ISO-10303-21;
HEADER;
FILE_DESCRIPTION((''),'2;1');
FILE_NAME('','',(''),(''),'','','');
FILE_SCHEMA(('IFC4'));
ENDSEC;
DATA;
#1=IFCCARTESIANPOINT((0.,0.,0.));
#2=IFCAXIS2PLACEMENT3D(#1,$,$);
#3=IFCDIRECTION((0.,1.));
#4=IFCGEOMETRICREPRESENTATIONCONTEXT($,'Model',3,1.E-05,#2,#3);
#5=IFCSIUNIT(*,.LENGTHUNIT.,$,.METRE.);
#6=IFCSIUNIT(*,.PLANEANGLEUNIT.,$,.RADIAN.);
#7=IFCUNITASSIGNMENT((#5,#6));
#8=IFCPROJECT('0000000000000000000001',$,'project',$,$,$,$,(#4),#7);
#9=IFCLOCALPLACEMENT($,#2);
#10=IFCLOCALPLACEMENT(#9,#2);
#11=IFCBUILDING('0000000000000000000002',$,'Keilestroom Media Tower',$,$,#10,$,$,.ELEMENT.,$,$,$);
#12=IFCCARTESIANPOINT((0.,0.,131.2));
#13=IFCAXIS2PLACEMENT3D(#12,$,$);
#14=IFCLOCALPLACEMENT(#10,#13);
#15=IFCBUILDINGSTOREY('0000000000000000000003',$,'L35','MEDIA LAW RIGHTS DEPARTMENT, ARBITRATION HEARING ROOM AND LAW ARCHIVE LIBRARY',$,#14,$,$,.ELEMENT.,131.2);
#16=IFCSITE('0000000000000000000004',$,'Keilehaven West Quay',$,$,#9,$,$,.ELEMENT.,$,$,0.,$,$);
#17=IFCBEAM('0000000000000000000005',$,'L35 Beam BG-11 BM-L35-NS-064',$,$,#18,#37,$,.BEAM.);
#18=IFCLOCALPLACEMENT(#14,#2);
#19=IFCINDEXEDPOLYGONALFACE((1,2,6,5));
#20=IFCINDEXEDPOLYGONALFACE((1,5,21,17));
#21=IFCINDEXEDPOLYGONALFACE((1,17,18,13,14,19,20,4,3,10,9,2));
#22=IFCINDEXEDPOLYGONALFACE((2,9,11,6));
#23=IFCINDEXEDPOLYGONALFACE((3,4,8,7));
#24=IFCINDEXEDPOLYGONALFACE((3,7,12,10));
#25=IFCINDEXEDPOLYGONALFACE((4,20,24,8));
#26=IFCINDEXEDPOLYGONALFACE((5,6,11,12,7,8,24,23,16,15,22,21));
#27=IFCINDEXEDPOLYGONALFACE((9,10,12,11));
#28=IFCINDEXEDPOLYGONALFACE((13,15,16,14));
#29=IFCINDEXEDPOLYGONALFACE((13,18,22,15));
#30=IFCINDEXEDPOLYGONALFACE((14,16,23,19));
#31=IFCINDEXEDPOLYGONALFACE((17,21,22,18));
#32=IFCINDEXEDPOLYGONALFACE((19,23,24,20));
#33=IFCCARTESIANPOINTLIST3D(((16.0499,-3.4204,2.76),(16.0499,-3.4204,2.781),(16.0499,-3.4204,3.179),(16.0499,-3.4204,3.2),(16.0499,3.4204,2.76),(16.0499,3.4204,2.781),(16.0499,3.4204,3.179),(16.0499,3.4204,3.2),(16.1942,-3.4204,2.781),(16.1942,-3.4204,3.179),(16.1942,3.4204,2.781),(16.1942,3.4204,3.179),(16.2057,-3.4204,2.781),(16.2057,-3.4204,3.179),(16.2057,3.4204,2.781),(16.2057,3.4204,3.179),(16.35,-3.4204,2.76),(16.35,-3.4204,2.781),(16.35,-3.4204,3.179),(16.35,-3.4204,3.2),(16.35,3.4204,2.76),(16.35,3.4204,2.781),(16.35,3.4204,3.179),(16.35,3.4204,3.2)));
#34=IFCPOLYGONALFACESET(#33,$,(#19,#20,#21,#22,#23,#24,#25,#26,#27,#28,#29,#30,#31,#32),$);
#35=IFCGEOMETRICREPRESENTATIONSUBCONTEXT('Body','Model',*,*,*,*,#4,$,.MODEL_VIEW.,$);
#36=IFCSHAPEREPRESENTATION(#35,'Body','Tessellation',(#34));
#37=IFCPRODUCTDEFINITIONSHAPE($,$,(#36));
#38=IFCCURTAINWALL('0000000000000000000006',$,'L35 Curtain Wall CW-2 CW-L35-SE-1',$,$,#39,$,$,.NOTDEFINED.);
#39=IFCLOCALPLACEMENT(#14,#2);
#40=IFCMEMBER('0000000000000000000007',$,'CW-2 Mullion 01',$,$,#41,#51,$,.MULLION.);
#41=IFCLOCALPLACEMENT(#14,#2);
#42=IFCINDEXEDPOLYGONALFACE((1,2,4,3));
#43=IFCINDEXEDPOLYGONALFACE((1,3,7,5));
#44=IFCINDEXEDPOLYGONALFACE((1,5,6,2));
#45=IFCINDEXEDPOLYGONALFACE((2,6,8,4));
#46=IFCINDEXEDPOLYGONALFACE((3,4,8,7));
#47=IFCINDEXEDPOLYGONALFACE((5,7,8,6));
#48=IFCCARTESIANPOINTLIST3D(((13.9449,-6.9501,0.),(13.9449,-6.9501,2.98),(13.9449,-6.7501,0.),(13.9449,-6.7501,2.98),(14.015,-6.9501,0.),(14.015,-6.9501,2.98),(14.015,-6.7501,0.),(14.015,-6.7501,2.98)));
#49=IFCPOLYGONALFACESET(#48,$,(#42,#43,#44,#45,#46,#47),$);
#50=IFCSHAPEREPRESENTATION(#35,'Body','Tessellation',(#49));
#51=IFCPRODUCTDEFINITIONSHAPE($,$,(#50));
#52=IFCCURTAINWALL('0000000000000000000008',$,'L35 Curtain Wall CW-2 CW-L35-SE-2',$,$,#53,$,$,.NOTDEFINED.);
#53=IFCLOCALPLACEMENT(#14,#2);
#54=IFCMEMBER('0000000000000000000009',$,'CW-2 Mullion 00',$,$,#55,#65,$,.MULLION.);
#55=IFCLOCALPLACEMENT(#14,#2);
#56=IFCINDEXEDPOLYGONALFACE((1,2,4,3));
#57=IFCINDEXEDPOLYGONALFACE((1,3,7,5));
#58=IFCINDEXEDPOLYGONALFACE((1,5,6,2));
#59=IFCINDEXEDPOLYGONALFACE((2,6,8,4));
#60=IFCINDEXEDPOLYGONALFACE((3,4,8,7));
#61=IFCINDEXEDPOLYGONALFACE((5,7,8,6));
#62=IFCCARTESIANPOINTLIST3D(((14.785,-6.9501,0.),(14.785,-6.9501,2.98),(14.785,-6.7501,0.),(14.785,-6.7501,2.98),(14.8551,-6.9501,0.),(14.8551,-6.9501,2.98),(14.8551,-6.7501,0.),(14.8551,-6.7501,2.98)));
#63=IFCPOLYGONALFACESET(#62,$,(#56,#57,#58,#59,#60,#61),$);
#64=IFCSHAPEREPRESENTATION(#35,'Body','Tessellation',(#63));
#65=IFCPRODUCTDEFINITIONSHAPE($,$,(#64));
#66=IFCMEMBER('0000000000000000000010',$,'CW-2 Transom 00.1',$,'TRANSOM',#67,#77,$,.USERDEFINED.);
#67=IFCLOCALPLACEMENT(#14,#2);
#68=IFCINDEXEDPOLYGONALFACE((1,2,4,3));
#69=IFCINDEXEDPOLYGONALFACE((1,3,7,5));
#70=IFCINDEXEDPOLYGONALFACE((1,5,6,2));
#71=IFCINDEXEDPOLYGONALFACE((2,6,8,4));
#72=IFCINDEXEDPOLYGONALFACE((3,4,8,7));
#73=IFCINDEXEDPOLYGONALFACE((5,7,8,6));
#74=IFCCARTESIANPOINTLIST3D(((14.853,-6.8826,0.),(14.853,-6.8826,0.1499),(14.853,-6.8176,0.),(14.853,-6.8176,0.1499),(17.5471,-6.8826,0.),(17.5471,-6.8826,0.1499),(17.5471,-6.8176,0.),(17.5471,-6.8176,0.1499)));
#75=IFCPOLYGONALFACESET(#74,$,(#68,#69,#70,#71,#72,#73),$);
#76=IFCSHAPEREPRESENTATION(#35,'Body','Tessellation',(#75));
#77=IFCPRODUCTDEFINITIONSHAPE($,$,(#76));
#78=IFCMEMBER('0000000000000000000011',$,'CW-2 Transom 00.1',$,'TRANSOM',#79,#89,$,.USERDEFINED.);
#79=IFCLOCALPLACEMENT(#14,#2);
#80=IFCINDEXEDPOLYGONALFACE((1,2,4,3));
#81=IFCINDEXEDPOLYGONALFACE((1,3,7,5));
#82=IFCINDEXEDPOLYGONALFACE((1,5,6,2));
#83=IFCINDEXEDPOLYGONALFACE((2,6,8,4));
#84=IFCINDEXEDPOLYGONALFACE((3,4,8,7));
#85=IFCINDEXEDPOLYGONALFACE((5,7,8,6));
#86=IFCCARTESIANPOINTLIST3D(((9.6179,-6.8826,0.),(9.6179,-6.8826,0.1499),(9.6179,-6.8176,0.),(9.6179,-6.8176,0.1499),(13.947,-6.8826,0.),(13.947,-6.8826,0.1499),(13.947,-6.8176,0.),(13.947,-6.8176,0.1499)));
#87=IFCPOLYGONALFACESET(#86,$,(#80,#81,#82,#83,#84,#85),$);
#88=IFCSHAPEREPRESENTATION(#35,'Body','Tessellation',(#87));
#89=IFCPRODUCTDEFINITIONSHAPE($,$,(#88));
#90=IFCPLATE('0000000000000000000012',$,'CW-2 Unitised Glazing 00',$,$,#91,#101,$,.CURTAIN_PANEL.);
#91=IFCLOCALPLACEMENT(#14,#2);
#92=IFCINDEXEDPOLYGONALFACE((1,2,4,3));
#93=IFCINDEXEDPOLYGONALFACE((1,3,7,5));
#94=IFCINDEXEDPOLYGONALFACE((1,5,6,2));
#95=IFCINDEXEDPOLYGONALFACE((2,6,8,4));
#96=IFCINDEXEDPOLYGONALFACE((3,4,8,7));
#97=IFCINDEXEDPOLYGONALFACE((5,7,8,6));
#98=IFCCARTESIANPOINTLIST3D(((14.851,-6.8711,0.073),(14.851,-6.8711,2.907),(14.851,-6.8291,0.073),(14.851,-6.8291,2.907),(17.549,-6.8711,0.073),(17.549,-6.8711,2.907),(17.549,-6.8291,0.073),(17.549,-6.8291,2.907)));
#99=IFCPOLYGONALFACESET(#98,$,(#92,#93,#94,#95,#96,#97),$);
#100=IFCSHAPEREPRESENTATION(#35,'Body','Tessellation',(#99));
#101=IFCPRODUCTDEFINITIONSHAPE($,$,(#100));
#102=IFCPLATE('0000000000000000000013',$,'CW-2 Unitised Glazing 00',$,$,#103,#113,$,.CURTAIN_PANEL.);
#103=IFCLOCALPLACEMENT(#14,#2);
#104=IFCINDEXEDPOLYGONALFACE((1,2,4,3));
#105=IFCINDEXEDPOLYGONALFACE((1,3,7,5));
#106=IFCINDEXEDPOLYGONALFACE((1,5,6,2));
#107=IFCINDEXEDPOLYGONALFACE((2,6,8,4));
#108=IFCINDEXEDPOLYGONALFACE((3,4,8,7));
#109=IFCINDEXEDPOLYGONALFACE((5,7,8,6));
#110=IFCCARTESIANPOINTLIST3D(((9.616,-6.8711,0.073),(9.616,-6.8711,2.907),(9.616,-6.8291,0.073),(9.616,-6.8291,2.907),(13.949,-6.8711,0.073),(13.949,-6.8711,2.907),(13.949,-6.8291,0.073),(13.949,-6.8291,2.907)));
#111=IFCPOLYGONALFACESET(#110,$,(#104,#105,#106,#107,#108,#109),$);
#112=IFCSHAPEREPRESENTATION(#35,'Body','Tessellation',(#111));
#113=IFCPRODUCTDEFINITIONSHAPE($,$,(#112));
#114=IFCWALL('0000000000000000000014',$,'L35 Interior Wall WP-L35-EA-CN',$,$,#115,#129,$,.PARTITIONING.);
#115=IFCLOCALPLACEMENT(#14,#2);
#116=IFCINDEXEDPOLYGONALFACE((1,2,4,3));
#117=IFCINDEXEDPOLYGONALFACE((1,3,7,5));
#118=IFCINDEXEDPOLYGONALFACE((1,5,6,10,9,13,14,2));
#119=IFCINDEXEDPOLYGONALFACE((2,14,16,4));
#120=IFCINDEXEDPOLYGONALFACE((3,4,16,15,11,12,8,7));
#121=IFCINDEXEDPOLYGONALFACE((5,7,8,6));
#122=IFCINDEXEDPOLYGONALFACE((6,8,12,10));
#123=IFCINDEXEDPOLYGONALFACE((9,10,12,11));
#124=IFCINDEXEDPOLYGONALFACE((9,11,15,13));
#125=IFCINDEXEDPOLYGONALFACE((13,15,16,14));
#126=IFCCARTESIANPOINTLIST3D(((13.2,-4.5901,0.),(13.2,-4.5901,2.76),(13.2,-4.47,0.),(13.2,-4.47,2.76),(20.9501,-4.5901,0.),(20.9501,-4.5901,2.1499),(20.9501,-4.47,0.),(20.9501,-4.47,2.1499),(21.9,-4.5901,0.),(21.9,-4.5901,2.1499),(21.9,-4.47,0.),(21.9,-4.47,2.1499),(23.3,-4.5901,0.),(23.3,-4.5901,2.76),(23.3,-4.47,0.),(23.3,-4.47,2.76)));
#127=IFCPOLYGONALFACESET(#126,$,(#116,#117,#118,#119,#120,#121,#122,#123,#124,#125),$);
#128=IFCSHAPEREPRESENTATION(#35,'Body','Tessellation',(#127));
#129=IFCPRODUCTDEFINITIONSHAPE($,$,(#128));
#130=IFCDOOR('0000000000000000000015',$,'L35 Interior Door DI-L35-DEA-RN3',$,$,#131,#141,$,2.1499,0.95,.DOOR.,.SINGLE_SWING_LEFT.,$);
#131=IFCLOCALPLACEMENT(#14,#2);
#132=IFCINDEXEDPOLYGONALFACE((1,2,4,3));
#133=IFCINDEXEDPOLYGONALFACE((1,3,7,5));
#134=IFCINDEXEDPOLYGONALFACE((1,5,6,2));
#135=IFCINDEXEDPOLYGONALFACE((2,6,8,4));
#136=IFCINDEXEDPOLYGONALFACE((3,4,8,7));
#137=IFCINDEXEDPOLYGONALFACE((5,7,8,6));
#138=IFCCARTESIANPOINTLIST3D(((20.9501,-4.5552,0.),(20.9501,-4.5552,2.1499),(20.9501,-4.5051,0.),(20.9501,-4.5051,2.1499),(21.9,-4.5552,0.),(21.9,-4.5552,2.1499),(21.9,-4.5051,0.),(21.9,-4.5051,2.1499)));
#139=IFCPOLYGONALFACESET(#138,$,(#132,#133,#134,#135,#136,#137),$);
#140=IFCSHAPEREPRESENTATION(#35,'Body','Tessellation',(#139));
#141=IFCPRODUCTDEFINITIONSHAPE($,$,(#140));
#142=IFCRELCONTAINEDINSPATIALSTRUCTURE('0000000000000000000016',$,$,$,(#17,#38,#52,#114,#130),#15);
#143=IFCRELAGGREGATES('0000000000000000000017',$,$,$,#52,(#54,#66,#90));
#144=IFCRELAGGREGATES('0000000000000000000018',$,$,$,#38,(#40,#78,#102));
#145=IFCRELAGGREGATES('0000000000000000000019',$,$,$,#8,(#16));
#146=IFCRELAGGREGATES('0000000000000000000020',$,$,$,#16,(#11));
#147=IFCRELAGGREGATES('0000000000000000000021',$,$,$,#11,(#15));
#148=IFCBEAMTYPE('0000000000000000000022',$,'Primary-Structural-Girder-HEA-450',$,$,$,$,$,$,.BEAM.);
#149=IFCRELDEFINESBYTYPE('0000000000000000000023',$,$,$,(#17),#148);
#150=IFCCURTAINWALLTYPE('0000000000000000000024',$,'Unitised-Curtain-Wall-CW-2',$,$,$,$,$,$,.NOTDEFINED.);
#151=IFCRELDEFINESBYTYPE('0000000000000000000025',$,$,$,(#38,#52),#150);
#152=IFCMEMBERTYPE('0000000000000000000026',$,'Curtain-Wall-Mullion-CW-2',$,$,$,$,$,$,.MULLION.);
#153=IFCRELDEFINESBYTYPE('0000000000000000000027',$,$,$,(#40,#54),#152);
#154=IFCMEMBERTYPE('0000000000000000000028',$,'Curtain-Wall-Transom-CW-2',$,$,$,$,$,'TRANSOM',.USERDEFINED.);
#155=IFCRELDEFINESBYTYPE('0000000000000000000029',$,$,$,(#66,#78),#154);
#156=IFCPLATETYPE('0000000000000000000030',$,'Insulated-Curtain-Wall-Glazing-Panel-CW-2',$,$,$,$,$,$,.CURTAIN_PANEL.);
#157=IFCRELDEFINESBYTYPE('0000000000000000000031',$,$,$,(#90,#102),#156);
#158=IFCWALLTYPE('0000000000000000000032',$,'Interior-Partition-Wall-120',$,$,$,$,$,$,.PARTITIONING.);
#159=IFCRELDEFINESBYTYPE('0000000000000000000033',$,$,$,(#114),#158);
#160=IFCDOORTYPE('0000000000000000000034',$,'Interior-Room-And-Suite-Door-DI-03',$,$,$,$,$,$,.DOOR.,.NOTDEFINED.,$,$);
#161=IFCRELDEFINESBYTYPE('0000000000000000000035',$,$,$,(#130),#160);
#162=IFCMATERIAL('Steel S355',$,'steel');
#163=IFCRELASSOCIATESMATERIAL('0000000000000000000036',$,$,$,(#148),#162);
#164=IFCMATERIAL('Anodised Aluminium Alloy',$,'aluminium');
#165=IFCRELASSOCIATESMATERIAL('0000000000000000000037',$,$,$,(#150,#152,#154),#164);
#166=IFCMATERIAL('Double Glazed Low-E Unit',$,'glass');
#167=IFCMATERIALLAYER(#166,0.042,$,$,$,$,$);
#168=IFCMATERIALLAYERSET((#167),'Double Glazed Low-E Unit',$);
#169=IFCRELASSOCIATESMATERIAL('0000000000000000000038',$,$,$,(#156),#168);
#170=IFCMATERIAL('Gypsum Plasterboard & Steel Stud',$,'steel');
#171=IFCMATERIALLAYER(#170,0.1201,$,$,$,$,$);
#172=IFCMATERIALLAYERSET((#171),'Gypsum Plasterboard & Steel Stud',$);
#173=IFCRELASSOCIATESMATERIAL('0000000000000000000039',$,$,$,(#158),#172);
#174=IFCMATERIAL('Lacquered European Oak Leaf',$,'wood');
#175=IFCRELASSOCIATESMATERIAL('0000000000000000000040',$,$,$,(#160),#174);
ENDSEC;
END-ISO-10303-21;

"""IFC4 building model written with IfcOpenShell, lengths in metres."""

from ifc_helpers import new_model, si_unit, direction, frame, frame_2d, origin, origin_2d, place, context, subcontext, project, spatial, rectangle, i_section, extrude, source, transform, mapped, material, layer, layer_set, material_profile, profile_set, type_object, element, fill, aggregate, save


model = new_model("IFC4")

# Units and contexts
model_context = context("Model", 3, precision=1e-05, world=origin(), true_north=direction((0.0, 1.0)))
body_context = subcontext(model_context, "Body", "Model", "MODEL_VIEW")
ifc_project = project(units=[si_unit("LENGTHUNIT", "METRE"), si_unit("PLANEANGLEUNIT", "RADIAN")], contexts=[model_context])

# Site, building, storey
site_placement = place(None, origin())
site = spatial("IfcSite", under=ifc_project, at=site_placement, Name="Keilehaven West Quay", CompositionType="ELEMENT", RefElevation=0.0)
building_placement = place(site_placement, origin())
building = spatial("IfcBuilding", under=site, at=building_placement, Name="Keilestroom Media Tower", CompositionType="ELEMENT")
storey_placement = place(building_placement, frame((0.0, 0.0, 131.2)))
storey = spatial("IfcBuildingStorey", under=building, at=storey_placement, Name="L35", Description="MEDIA LAW RIGHTS DEPARTMENT, ARBITRATION HEARING ROOM AND LAW ARCHIVE LIBRARY", CompositionType="ELEMENT", Elevation=131.2)

# Shared definitions
ifc_material_1 = material(Name="Steel S355", Category="steel")

# Beam
ifc_material_profile_1 = material_profile(ifc_material_1, i_section(OverallWidth=0.3, OverallDepth=0.4399, WebThickness=0.0115, FlangeThickness=0.021, at=origin_2d()), Name="HEA 450")
ifc_profile_set_1 = profile_set([ifc_material_profile_1], Name="Steel S355")
beam_type_1 = type_object("IfcBeamType", Name="Primary-Structural-Girder-HEA-450", PredefinedType="BEAM", material=ifc_profile_set_1)
shared_shape_1 = source(origin(), body_context, "Body", "SweptSolid", [
    extrude(i_section(OverallWidth=0.3, OverallDepth=0.4399, WebThickness=0.0115, FlangeThickness=0.021, at=origin_2d()), origin(), (0.0, 0.0, 1.0), 6.8408),
])
for number, where, z_axis, x_axis, name in (
    (1, (16.2, -3.4204, 2.98), (0.0, 1.0, 0.0), (-1.0, 0.0, 0.0), "L35 Beam BG-11 BM-L35-NS-064"),
):
    element("IfcBeam", number, at=place(storey_placement, frame(where, z_axis=z_axis, x_axis=x_axis)), inside=storey, type_object=beam_type_1, Name=name, PredefinedType="BEAM", context=body_context, shape_type="MappedRepresentation", body=[
        mapped(shared_shape_1, transform((0.0, 0.0, 0.0), x_axis=(1.0, 0.0, 0.0), y_axis=(0.0, 1.0, 0.0), z_axis=(0.0, 0.0, 1.0), scale=1.0)),
    ])

# Curtain wall, member
ifc_material_2 = material(Name="Anodised Aluminium Alloy", Category="aluminium")
curtain_wall_type = type_object("IfcCurtainWallType", Name="Unitised-Curtain-Wall-CW-2", PredefinedType="NOTDEFINED", material=ifc_material_2)
curtain_wall_1_placement = place(storey_placement, origin())
curtain_wall_1 = element("IfcCurtainWall", 2, at=curtain_wall_1_placement, inside=storey, type_object=curtain_wall_type, Name="L35 Curtain Wall CW-2 CW-L35-SE-1", PredefinedType="NOTDEFINED")
ifc_material_profile_2 = material_profile(ifc_material_2, rectangle(XDim=0.0701, YDim=0.2, at=origin_2d()), Name="ALU MULLION 70x200")
ifc_profile_set_2 = profile_set([ifc_material_profile_2], Name="Anodised Aluminium Alloy")
member_type_1 = type_object("IfcMemberType", Name="Curtain-Wall-Mullion-CW-2", PredefinedType="MULLION", material=ifc_profile_set_2)
shared_shape_2 = source(origin(), body_context, "Body", "SweptSolid", [
    extrude(rectangle(XDim=0.0701, YDim=0.2, at=origin_2d()), origin(), (0.0, 0.0, 1.0), 2.98),
])
member_1_placement = place(storey_placement, frame((13.98, -6.8501, 0.0), z_axis=(0.0, 0.0, 1.0), x_axis=(1.0, 0.0, 0.0)))
member_1 = element("IfcMember", 3, at=member_1_placement, type_object=member_type_1, Name="CW-2 Mullion 01", PredefinedType="MULLION", context=body_context, shape_type="MappedRepresentation", body=[
    mapped(shared_shape_2, transform((0.0, 0.0, 0.0), x_axis=(1.0, 0.0, 0.0), y_axis=(0.0, 1.0, 0.0), z_axis=(0.0, 0.0, 1.0), scale=1.0)),
])

# Curtain wall, members
curtain_wall_2_placement = place(storey_placement, origin())
curtain_wall_2 = element("IfcCurtainWall", 4, at=curtain_wall_2_placement, inside=storey, type_object=curtain_wall_type, Name="L35 Curtain Wall CW-2 CW-L35-SE-2", PredefinedType="NOTDEFINED")
member_2_placement = place(storey_placement, frame((14.8201, -6.8501, 0.0), z_axis=(0.0, 0.0, 1.0), x_axis=(1.0, 0.0, 0.0)))
member_2 = element("IfcMember", 5, at=member_2_placement, type_object=member_type_1, Name="CW-2 Mullion 00", PredefinedType="MULLION", context=body_context, shape_type="MappedRepresentation", body=[
    mapped(shared_shape_2, transform((0.0, 0.0, 0.0), x_axis=(1.0, 0.0, 0.0), y_axis=(0.0, 1.0, 0.0), z_axis=(0.0, 0.0, 1.0), scale=1.0)),
])
ifc_material_profile_3 = material_profile(ifc_material_2, rectangle(XDim=0.0649, YDim=0.1499, at=origin_2d()), Name="ALU TRANSOM 65x150")
ifc_profile_set_3 = profile_set([ifc_material_profile_3], Name="Anodised Aluminium Alloy")
member_type_2 = type_object("IfcMemberType", Name="Curtain-Wall-Transom-CW-2", ElementType="TRANSOM", PredefinedType="USERDEFINED", material=ifc_profile_set_3)
shared_shape_3 = source(origin(), body_context, "Body", "SweptSolid", [
    extrude(rectangle(XDim=0.0649, YDim=0.1499, at=origin_2d()), origin(), (0.0, 0.0, 1.0), 2.6941),
])
member_3_placement = place(storey_placement, frame((14.853, -6.8501, 0.075), z_axis=(1.0, 0.0, 0.0), x_axis=(0.0, 1.0, 0.0)))
member_3 = element("IfcMember", 6, at=member_3_placement, type_object=member_type_2, Name="CW-2 Transom 00.1", ObjectType="TRANSOM", PredefinedType="USERDEFINED", context=body_context, shape_type="MappedRepresentation", body=[
    mapped(shared_shape_3, transform((0.0, 0.0, 0.0), x_axis=(1.0, 0.0, 0.0), y_axis=(0.0, 1.0, 0.0), z_axis=(0.0, 0.0, 1.0), scale=1.0)),
])

# Member
shared_shape_4 = source(origin(), body_context, "Body", "SweptSolid", [
    extrude(rectangle(XDim=0.0649, YDim=0.1499, at=origin_2d()), origin(), (0.0, 0.0, 1.0), 4.3291),
])
member_4_placement = place(storey_placement, frame((9.6179, -6.8501, 0.075), z_axis=(1.0, 0.0, 0.0), x_axis=(0.0, 1.0, 0.0)))
member_4 = element("IfcMember", 7, at=member_4_placement, type_object=member_type_2, Name="CW-2 Transom 00.1", ObjectType="TRANSOM", PredefinedType="USERDEFINED", context=body_context, shape_type="MappedRepresentation", body=[
    mapped(shared_shape_4, transform((0.0, 0.0, 0.0), x_axis=(1.0, 0.0, 0.0), y_axis=(0.0, 1.0, 0.0), z_axis=(0.0, 0.0, 1.0), scale=1.0)),
])

# Plates
ifc_material_3 = material(Name="Double Glazed Low-E Unit", Category="glass")
ifc_layer_1 = layer(ifc_material_3, 0.042)
ifc_layer_set_1 = layer_set([ifc_layer_1], Name="Double Glazed Low-E Unit")
plate_type = type_object("IfcPlateType", Name="Insulated-Curtain-Wall-Glazing-Panel-CW-2", PredefinedType="CURTAIN_PANEL", material=ifc_layer_set_1)
shared_shape_5 = source(origin(), body_context, "Body", "SweptSolid", [
    extrude(rectangle(XDim=2.698, YDim=0.042, at=origin_2d()), origin(), (0.0, 0.0, 1.0), 2.834),
])
plate_1_placement = place(storey_placement, frame((16.2, -6.8501, 0.073), z_axis=(0.0, 0.0, 1.0), x_axis=(1.0, 0.0, 0.0)))
plate_1 = element("IfcPlate", 8, at=plate_1_placement, type_object=plate_type, Name="CW-2 Unitised Glazing 00", PredefinedType="CURTAIN_PANEL", context=body_context, shape_type="MappedRepresentation", body=[
    mapped(shared_shape_5, transform((0.0, 0.0, 0.0), x_axis=(1.0, 0.0, 0.0), y_axis=(0.0, 1.0, 0.0), z_axis=(0.0, 0.0, 1.0), scale=1.0)),
])
aggregate(curtain_wall_2, [member_2, member_3, plate_1])
shared_shape_6 = source(origin(), body_context, "Body", "SweptSolid", [
    extrude(rectangle(XDim=4.333, YDim=0.042, at=origin_2d()), origin(), (0.0, 0.0, 1.0), 2.834),
])
plate_2_placement = place(storey_placement, frame((11.7825, -6.8501, 0.073), z_axis=(0.0, 0.0, 1.0), x_axis=(1.0, 0.0, 0.0)))
plate_2 = element("IfcPlate", 9, at=plate_2_placement, type_object=plate_type, Name="CW-2 Unitised Glazing 00", PredefinedType="CURTAIN_PANEL", context=body_context, shape_type="MappedRepresentation", body=[
    mapped(shared_shape_6, transform((0.0, 0.0, 0.0), x_axis=(1.0, 0.0, 0.0), y_axis=(0.0, 1.0, 0.0), z_axis=(0.0, 0.0, 1.0), scale=1.0)),
])
aggregate(curtain_wall_1, [member_1, member_4, plate_2])

# Wall, opening, door
ifc_material_4 = material(Name="Gypsum Plasterboard & Steel Stud", Category="steel")
ifc_layer_2 = layer(ifc_material_4, 0.1201)
ifc_layer_set_2 = layer_set([ifc_layer_2], Name="Gypsum Plasterboard & Steel Stud")
wall_type_1 = type_object("IfcWallType", Name="Interior-Partition-Wall-120", PredefinedType="PARTITIONING", material=ifc_layer_set_2)
wall_1_placement = place(storey_placement, frame((13.2, -4.53, 0.0), z_axis=(0.0, 0.0, 1.0), x_axis=(1.0, 0.0, 0.0)))
wall_1 = element("IfcWall", 10, at=wall_1_placement, inside=storey, type_object=wall_type_1, Name="L35 Interior Wall WP-L35-EA-CN", PredefinedType="PARTITIONING", context=body_context, shape_type="SweptSolid", body=[
    extrude(rectangle(XDim=10.1001, YDim=0.1201, at=frame_2d((5.05, 0.0))), origin(), (0.0, 0.0, 1.0), 2.76),
])
opening_1_placement = place(wall_1_placement, frame((7.75, 0.0, 0.0)))
opening_1 = element("IfcOpeningElement", 11, at=opening_1_placement, cuts=wall_1, PredefinedType="OPENING", context=body_context, shape_type="SweptSolid", body=[
    extrude(rectangle(XDim=0.95, YDim=2.1499, at=frame_2d((0.4751, 1.075))), frame((0.0, 0.0701, 0.0), z_axis=(0.0, -1.0, 0.0), x_axis=(1.0, 0.0, 0.0)), (0.0, 0.0, 1.0), 0.1401),
])
ifc_material_5 = material(Name="Lacquered European Oak Leaf", Category="wood")
door_type_1 = type_object("IfcDoorType", Name="Interior-Room-And-Suite-Door-DI-03", OperationType="NOTDEFINED", PredefinedType="DOOR", material=ifc_material_5)
shared_shape_7 = source(origin(), body_context, "Body", "SweptSolid", [
    extrude(rectangle(XDim=0.95, YDim=2.1499, at=frame_2d((0.4751, 1.075))), frame((0.0, 0.0249, 0.0), z_axis=(0.0, -1.0, 0.0), x_axis=(1.0, 0.0, 0.0)), (0.0, 0.0, 1.0), 0.05),
])
door_1_placement = place(opening_1_placement, origin())
door_1 = element("IfcDoor", 12, at=door_1_placement, inside=storey, type_object=door_type_1, Name="L35 Interior Door DI-L35-DEA-RN3", OperationType="SINGLE_SWING_LEFT", OverallHeight=2.1499, OverallWidth=0.95, PredefinedType="DOOR", context=body_context, shape_type="MappedRepresentation", body=[
    mapped(shared_shape_7, transform((0.0, 0.0, 0.0), x_axis=(1.0, 0.0, 0.0), y_axis=(0.0, 1.0, 0.0), z_axis=(0.0, 0.0, 1.0), scale=1.0)),
])
fill(opening_1, door_1)

save(model, "model.ifc")
